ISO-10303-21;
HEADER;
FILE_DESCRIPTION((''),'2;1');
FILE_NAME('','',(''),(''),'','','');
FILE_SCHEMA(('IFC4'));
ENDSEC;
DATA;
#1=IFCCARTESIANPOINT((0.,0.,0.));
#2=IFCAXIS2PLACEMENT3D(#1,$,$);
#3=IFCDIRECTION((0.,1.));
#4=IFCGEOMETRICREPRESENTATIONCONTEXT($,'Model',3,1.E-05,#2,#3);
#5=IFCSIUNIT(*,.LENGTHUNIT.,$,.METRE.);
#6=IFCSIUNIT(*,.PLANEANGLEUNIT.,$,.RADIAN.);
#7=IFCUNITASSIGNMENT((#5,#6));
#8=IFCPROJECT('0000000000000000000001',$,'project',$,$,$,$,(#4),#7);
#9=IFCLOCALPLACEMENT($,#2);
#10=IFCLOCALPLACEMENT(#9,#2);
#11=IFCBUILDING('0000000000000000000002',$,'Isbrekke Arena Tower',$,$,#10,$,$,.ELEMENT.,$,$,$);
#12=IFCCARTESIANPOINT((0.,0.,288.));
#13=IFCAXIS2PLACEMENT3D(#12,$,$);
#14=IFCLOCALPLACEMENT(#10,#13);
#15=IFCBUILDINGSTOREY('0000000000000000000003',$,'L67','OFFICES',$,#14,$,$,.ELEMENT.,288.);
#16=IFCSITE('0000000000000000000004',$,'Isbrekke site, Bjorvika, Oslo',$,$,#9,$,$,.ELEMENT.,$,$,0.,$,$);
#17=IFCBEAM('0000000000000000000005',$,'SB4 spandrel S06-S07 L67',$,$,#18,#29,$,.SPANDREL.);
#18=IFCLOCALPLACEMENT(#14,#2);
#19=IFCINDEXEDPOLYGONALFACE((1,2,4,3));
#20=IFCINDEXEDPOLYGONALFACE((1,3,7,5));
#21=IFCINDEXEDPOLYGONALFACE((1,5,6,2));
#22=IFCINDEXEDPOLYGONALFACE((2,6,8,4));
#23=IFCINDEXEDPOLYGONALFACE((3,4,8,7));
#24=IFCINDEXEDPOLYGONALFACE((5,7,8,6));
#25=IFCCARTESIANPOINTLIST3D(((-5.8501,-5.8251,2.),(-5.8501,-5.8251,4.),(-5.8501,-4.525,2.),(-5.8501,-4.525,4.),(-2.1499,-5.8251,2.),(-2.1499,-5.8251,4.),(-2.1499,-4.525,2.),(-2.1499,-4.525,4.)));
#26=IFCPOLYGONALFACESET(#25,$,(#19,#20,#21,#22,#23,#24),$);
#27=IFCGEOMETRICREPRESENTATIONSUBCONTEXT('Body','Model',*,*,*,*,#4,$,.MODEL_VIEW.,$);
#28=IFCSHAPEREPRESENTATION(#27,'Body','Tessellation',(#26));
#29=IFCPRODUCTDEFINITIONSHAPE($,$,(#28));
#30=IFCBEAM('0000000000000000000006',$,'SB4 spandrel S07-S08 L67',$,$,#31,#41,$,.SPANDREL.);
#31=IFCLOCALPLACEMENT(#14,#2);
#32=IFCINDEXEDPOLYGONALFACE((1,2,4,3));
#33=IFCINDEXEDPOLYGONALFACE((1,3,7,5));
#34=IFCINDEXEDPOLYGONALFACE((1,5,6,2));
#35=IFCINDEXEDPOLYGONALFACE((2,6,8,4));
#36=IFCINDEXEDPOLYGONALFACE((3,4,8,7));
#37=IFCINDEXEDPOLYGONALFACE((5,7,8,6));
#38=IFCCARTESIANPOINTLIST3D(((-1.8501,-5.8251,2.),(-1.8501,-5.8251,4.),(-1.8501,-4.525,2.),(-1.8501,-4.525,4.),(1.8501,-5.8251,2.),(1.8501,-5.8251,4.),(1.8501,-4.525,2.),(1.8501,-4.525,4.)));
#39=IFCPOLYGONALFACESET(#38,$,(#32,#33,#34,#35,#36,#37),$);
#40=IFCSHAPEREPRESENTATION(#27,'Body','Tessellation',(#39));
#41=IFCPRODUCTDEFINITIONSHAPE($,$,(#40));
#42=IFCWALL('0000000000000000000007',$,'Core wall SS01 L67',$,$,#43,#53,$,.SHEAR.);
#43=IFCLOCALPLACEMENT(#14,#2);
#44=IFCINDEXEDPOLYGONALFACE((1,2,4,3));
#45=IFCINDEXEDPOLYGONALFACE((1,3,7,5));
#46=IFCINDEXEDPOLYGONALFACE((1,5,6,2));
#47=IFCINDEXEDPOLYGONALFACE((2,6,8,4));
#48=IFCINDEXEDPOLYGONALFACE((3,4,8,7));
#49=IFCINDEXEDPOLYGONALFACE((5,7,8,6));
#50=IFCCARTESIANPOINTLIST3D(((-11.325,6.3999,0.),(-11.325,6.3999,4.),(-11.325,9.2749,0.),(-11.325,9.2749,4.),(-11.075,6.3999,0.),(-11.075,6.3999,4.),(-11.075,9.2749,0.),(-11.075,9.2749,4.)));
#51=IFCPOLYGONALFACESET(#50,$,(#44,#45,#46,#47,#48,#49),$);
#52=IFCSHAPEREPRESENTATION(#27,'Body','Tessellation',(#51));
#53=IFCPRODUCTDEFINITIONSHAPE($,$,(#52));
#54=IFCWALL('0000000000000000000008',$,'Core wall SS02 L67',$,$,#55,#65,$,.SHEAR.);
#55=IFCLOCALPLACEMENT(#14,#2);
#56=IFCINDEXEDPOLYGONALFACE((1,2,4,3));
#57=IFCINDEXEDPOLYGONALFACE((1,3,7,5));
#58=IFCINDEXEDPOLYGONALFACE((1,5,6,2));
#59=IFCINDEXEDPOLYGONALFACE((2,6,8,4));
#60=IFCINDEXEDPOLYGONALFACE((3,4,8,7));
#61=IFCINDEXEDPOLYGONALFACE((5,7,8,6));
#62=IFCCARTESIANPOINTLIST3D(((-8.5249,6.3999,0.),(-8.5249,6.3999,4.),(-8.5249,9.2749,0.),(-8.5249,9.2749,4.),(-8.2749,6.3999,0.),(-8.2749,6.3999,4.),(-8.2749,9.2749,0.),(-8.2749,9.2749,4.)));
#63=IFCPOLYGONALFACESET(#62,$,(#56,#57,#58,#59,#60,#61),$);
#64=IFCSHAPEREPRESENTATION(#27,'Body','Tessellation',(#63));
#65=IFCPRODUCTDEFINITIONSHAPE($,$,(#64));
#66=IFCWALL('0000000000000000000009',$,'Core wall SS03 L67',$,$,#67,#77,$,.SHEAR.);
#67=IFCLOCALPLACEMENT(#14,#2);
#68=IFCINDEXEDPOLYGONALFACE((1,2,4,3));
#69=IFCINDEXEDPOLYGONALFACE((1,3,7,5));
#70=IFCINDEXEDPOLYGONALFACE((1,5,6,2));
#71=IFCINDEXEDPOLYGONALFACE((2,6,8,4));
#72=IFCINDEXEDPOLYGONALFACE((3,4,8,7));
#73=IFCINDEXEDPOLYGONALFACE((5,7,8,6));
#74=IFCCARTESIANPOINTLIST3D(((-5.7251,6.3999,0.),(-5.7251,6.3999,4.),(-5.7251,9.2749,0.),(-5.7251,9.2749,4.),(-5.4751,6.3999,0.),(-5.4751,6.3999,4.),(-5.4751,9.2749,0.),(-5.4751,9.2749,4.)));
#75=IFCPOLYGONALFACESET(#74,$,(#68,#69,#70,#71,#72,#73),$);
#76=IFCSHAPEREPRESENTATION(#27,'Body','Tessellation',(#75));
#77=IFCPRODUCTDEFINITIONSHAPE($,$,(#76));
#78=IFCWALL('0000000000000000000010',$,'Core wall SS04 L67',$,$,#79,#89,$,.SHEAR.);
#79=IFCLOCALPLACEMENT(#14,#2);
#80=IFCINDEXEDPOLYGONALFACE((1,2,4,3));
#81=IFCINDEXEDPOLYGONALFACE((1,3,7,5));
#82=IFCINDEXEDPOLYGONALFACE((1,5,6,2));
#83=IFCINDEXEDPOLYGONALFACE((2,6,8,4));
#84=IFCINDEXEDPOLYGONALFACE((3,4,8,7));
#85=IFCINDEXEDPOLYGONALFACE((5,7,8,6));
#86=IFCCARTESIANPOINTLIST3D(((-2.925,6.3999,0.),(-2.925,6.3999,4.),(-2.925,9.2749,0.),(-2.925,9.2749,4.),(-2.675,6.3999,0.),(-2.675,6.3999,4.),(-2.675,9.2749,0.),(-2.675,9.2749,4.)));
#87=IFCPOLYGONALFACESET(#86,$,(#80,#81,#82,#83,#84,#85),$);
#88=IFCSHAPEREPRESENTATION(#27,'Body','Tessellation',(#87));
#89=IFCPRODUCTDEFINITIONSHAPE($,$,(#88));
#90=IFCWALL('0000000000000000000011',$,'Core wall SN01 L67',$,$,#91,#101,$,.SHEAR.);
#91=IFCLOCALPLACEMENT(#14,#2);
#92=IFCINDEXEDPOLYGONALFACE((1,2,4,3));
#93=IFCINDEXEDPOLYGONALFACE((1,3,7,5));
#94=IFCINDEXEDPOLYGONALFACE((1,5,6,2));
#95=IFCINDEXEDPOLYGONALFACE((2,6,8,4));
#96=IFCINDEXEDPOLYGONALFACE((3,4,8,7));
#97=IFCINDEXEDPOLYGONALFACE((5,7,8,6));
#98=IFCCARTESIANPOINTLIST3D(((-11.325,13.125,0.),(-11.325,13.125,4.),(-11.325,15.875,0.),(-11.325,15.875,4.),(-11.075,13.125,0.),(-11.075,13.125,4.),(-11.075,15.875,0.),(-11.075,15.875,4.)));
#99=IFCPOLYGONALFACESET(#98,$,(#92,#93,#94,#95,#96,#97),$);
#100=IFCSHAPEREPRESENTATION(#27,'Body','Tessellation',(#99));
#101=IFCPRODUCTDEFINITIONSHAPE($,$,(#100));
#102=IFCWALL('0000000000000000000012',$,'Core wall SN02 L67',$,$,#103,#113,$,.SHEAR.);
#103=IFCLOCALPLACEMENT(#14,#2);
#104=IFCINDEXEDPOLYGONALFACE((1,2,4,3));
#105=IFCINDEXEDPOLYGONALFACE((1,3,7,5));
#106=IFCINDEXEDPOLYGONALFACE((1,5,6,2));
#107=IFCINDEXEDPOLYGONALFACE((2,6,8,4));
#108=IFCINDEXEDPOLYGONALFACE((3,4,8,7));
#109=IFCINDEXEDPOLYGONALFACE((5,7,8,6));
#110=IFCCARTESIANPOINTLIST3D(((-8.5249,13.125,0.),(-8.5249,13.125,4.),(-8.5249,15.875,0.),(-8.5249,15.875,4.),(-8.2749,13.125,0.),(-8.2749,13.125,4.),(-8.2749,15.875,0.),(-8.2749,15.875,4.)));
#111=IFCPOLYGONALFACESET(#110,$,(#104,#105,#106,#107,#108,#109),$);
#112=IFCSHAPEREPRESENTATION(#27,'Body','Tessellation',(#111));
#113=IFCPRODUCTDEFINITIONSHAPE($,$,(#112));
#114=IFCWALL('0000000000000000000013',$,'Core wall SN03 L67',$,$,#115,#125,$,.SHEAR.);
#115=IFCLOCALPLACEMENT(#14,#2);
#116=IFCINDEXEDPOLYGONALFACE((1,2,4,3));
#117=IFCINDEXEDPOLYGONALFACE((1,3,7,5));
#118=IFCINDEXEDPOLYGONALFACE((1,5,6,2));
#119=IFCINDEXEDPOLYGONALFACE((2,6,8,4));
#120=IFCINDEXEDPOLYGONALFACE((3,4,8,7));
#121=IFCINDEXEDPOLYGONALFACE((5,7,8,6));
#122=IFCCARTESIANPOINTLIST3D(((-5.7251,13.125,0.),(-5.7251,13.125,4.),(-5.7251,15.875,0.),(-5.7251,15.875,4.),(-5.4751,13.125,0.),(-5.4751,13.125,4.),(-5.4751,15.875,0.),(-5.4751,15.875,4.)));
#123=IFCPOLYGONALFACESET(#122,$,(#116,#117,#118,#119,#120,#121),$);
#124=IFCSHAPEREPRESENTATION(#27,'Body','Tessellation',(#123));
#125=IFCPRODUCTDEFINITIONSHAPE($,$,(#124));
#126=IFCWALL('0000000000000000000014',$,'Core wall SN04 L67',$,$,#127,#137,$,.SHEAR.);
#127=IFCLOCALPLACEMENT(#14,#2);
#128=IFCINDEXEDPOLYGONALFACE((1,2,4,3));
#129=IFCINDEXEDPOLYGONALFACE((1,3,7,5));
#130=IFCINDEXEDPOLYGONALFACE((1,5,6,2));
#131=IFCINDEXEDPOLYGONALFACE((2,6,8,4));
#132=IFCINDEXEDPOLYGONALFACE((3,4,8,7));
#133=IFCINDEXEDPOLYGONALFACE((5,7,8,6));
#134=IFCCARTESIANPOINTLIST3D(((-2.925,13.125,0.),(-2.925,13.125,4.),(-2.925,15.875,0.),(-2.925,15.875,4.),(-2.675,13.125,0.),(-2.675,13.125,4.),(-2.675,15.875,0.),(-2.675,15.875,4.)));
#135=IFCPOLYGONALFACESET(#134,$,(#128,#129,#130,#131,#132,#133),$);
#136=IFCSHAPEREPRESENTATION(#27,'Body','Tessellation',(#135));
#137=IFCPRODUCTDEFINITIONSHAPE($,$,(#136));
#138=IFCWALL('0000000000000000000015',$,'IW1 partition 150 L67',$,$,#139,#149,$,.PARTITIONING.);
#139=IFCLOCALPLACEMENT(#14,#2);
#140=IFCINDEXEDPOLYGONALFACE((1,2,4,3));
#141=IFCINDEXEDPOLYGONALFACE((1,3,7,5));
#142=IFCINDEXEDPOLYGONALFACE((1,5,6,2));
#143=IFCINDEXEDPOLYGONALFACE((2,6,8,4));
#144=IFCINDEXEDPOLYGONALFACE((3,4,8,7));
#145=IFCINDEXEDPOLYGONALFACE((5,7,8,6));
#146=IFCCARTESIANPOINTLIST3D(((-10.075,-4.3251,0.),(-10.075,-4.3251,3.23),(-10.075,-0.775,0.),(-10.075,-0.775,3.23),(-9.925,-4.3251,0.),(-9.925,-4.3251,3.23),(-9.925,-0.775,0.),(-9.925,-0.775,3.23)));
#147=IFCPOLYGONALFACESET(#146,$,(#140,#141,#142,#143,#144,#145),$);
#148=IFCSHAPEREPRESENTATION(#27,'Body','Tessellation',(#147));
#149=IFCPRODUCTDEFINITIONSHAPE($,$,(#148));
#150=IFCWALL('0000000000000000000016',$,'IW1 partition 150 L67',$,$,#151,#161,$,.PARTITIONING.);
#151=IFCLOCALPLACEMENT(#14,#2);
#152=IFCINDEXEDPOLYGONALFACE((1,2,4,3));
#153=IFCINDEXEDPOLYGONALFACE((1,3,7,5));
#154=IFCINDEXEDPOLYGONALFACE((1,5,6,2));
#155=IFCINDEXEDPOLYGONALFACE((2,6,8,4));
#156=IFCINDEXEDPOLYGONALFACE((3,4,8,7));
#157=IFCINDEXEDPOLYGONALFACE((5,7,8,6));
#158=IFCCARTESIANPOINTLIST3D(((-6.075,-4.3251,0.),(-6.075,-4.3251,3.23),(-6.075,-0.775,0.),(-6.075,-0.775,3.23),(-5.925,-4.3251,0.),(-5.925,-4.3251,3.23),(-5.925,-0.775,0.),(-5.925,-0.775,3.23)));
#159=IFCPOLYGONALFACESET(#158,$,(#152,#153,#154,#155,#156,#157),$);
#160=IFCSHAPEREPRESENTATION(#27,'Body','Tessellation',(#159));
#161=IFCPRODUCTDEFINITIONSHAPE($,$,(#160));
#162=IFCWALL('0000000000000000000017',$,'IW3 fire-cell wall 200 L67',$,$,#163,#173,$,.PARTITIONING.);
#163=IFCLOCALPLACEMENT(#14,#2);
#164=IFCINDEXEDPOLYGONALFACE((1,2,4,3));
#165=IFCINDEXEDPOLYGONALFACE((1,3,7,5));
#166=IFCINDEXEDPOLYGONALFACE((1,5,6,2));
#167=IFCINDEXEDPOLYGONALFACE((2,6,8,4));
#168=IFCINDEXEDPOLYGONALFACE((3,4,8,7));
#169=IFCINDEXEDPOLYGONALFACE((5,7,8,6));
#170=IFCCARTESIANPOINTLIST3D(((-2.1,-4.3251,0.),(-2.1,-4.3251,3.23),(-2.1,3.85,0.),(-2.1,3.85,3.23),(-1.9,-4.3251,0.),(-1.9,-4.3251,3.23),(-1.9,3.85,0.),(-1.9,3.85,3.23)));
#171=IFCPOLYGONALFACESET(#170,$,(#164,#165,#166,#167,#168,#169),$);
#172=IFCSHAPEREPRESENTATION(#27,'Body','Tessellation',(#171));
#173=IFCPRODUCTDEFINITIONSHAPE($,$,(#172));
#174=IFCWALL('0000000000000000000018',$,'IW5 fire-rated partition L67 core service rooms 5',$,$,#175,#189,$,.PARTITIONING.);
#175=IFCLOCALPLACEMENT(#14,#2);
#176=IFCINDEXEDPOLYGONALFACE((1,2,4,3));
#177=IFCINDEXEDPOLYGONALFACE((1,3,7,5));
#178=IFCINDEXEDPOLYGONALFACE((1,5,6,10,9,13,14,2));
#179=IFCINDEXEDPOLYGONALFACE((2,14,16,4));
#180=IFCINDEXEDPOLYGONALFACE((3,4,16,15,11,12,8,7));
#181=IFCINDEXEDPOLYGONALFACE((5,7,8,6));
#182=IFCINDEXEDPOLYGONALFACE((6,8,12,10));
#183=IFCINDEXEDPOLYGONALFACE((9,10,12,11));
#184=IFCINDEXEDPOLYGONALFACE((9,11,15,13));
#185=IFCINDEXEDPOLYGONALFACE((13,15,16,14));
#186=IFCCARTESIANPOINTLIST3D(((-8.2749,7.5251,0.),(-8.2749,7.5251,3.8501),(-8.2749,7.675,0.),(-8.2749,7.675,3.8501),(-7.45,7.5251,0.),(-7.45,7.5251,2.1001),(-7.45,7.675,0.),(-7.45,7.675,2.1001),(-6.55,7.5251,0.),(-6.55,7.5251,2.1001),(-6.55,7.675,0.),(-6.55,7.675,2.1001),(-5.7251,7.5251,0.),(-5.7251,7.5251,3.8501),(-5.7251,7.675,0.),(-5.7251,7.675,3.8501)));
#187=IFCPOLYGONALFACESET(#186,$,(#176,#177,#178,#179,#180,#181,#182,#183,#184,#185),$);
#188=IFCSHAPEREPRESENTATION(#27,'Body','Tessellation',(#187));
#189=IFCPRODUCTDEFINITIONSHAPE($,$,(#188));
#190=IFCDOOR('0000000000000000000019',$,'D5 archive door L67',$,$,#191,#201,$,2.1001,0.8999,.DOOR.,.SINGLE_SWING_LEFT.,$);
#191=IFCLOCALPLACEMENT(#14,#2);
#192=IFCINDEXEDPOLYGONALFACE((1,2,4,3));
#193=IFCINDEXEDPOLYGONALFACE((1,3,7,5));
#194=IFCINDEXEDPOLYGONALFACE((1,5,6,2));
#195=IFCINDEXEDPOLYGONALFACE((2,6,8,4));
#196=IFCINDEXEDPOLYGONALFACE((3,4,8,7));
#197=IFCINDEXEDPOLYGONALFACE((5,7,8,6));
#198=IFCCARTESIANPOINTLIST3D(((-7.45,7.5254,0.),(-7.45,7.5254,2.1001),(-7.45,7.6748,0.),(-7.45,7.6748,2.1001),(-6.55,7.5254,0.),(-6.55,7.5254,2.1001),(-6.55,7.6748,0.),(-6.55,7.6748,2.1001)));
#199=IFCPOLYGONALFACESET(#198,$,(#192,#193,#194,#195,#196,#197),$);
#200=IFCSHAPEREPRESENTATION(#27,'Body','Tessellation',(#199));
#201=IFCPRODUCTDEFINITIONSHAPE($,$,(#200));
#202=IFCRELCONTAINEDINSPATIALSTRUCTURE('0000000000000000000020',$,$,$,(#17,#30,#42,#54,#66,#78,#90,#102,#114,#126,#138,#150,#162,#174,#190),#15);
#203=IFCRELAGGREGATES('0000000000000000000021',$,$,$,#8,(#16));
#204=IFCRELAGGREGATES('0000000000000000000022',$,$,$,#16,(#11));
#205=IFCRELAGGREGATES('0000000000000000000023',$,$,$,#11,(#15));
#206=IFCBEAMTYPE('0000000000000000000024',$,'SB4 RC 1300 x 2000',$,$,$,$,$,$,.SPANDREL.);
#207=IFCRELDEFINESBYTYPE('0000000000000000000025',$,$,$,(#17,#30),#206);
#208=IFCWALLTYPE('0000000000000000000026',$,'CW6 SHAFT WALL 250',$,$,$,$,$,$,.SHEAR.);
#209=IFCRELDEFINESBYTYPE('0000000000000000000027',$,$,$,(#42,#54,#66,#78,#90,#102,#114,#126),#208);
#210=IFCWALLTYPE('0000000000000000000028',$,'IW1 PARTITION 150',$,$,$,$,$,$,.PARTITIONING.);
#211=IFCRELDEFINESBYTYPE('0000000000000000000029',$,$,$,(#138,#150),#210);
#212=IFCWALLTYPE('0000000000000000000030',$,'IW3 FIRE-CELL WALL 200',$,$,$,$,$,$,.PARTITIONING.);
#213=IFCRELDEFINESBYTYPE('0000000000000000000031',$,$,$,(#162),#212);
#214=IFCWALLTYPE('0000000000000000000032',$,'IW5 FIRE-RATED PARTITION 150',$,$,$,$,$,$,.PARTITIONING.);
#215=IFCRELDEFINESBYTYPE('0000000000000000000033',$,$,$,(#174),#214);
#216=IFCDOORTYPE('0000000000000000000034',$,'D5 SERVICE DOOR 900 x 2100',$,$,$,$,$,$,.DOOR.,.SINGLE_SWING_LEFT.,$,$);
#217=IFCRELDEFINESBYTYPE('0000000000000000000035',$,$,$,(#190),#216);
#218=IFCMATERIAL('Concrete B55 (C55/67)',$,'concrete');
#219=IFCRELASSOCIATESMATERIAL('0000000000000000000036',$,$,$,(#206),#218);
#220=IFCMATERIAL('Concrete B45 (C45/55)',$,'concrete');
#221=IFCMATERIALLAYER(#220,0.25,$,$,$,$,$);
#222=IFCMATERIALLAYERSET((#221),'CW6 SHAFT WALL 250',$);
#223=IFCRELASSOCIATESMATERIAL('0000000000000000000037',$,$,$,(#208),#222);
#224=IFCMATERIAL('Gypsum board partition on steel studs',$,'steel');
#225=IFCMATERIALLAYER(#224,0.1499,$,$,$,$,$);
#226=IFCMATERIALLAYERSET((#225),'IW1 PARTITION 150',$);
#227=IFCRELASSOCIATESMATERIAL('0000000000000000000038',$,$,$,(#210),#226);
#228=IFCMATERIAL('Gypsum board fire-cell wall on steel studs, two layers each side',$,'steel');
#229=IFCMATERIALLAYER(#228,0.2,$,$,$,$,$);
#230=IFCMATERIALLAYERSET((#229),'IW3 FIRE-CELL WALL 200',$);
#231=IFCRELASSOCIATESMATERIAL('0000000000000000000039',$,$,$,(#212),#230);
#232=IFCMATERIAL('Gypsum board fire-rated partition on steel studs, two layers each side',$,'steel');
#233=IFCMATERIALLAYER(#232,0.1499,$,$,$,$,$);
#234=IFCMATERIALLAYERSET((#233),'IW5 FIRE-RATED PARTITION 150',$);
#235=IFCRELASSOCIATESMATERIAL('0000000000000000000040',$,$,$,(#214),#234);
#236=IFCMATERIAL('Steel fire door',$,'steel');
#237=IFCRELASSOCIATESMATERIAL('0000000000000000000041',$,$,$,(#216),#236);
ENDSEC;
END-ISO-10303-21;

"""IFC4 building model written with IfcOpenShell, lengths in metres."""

from ifc_helpers import new_model, si_unit, direction, frame, frame_2d, origin, origin_2d, place, context, subcontext, project, spatial, rectangle, extrude, material, layer, layer_set, material_profile, profile_set, type_object, element, fill, save


model = new_model("IFC4")

# Units and contexts
model_context = context("Model", 3, precision=1e-05, world=origin(), true_north=direction((0.0, 1.0)))
body_context = subcontext(model_context, "Body", "Model", "MODEL_VIEW")
ifc_project = project(units=[si_unit("LENGTHUNIT", "METRE"), si_unit("PLANEANGLEUNIT", "RADIAN")], contexts=[model_context])

# Site, building, storey
site_placement = place(None, origin())
site = spatial("IfcSite", under=ifc_project, at=site_placement, Name="Isbrekke site, Bjorvika, Oslo", CompositionType="ELEMENT", RefElevation=0.0)
building_placement = place(site_placement, origin())
building = spatial("IfcBuilding", under=site, at=building_placement, Name="Isbrekke Arena Tower", CompositionType="ELEMENT")
storey_placement = place(building_placement, frame((0.0, 0.0, 288.0)))
storey = spatial("IfcBuildingStorey", under=building, at=storey_placement, Name="L67", Description="OFFICES", CompositionType="ELEMENT", Elevation=288.0)

# Beams
ifc_material_1 = material(Name="Concrete B55 (C55/67)", Category="concrete")
ifc_material_profile_1 = material_profile(ifc_material_1, rectangle(XDim=1.3, YDim=2.0, at=origin_2d()), Name="RC 1300x2000")
ifc_profile_set_1 = profile_set([ifc_material_profile_1], Name="Concrete B55 (C55/67)")
beam_type_1 = type_object("IfcBeamType", Name="SB4 RC 1300 x 2000", PredefinedType="SPANDREL", material=ifc_profile_set_1)
for number, where, z_axis, x_axis, name in (
    (1, (-5.8501, -5.175, 3.0), (1.0, 0.0, 0.0), (0.0, 1.0, 0.0), "SB4 spandrel S06-S07 L67"),
    (2, (-1.8501, -5.175, 3.0), (1.0, 0.0, 0.0), (0.0, 1.0, 0.0), "SB4 spandrel S07-S08 L67"),
):
    element("IfcBeam", number, at=place(storey_placement, frame(where, z_axis=z_axis, x_axis=x_axis)), inside=storey, type_object=beam_type_1, Name=name, PredefinedType="SPANDREL", context=body_context, shape_type="SweptSolid", body=[
        extrude(rectangle(XDim=1.3, YDim=2.0, at=origin_2d()), origin(), (0.0, 0.0, 1.0), 3.7002),
    ])

# Walls
ifc_material_2 = material(Name="Concrete B45 (C45/55)", Category="concrete")
ifc_layer_1 = layer(ifc_material_2, 0.25)
ifc_layer_set_1 = layer_set([ifc_layer_1], Name="CW6 SHAFT WALL 250")
wall_type_1 = type_object("IfcWallType", Name="CW6 SHAFT WALL 250", PredefinedType="SHEAR", material=ifc_layer_set_1)
for number, where, z_axis, x_axis, name in (
    (3, (-11.2, 6.3999, 0.0), (0.0, 0.0, 1.0), (0.0, 1.0, 0.0), "Core wall SS01 L67"),
    (4, (-8.3999, 6.3999, 0.0), (0.0, 0.0, 1.0), (0.0, 1.0, 0.0), "Core wall SS02 L67"),
    (5, (-5.6001, 6.3999, 0.0), (0.0, 0.0, 1.0), (0.0, 1.0, 0.0), "Core wall SS03 L67"),
    (6, (-2.8, 6.3999, 0.0), (0.0, 0.0, 1.0), (0.0, 1.0, 0.0), "Core wall SS04 L67"),
):
    element("IfcWall", number, at=place(storey_placement, frame(where, z_axis=z_axis, x_axis=x_axis)), inside=storey, type_object=wall_type_1, Name=name, PredefinedType="SHEAR", context=body_context, shape_type="SweptSolid", body=[
        extrude(rectangle(XDim=2.875, YDim=0.25, at=frame_2d((1.4375, 0.0))), origin(), (0.0, 0.0, 1.0), 4.0),
    ])
for number, where, z_axis, x_axis, name in (
    (7, (-11.2, 13.125, 0.0), (0.0, 0.0, 1.0), (0.0, 1.0, 0.0), "Core wall SN01 L67"),
    (8, (-8.3999, 13.125, 0.0), (0.0, 0.0, 1.0), (0.0, 1.0, 0.0), "Core wall SN02 L67"),
    (9, (-5.6001, 13.125, 0.0), (0.0, 0.0, 1.0), (0.0, 1.0, 0.0), "Core wall SN03 L67"),
    (10, (-2.8, 13.125, 0.0), (0.0, 0.0, 1.0), (0.0, 1.0, 0.0), "Core wall SN04 L67"),
):
    element("IfcWall", number, at=place(storey_placement, frame(where, z_axis=z_axis, x_axis=x_axis)), inside=storey, type_object=wall_type_1, Name=name, PredefinedType="SHEAR", context=body_context, shape_type="SweptSolid", body=[
        extrude(rectangle(XDim=2.75, YDim=0.25, at=frame_2d((1.375, 0.0))), origin(), (0.0, 0.0, 1.0), 4.0),
    ])
ifc_material_3 = material(Name="Gypsum board partition on steel studs", Category="steel")
ifc_layer_2 = layer(ifc_material_3, 0.1499)
ifc_layer_set_2 = layer_set([ifc_layer_2], Name="IW1 PARTITION 150")
wall_type_2 = type_object("IfcWallType", Name="IW1 PARTITION 150", PredefinedType="PARTITIONING", material=ifc_layer_set_2)
for number, where, z_axis, x_axis, name in (
    (11, (-10.0, -4.325, 0.0), (0.0, 0.0, 1.0), (0.0, 1.0, 0.0), "IW1 partition 150 L67"),
    (12, (-6.0, -4.325, 0.0), (0.0, 0.0, 1.0), (0.0, 1.0, 0.0), "IW1 partition 150 L67"),
):
    element("IfcWall", number, at=place(storey_placement, frame(where, z_axis=z_axis, x_axis=x_axis)), inside=storey, type_object=wall_type_2, Name=name, PredefinedType="PARTITIONING", context=body_context, shape_type="SweptSolid", body=[
        extrude(rectangle(XDim=3.55, YDim=0.1499, at=frame_2d((1.7749, 0.0))), origin(), (0.0, 0.0, 1.0), 3.23),
    ])
ifc_material_4 = material(Name="Gypsum board fire-cell wall on steel studs, two layers each side", Category="steel")
ifc_layer_3 = layer(ifc_material_4, 0.2)
ifc_layer_set_3 = layer_set([ifc_layer_3], Name="IW3 FIRE-CELL WALL 200")
wall_type_3 = type_object("IfcWallType", Name="IW3 FIRE-CELL WALL 200", PredefinedType="PARTITIONING", material=ifc_layer_set_3)
wall_1_placement = place(storey_placement, frame((-2.0, -4.325, 0.0), z_axis=(0.0, 0.0, 1.0), x_axis=(0.0, 1.0, 0.0)))
element("IfcWall", 13, at=wall_1_placement, inside=storey, type_object=wall_type_3, Name="IW3 fire-cell wall 200 L67", PredefinedType="PARTITIONING", context=body_context, shape_type="SweptSolid", body=[
    extrude(rectangle(XDim=8.175, YDim=0.2, at=frame_2d((4.0874, 0.0))), origin(), (0.0, 0.0, 1.0), 3.23),
])

# Wall, opening, door
ifc_material_5 = material(Name="Gypsum board fire-rated partition on steel studs, two layers each side", Category="steel")
ifc_layer_4 = layer(ifc_material_5, 0.1499)
ifc_layer_set_4 = layer_set([ifc_layer_4], Name="IW5 FIRE-RATED PARTITION 150")
wall_type_4 = type_object("IfcWallType", Name="IW5 FIRE-RATED PARTITION 150", PredefinedType="PARTITIONING", material=ifc_layer_set_4)
wall_2_placement = place(storey_placement, frame((-8.2749, 7.6001, 0.0), z_axis=(0.0, 0.0, 1.0), x_axis=(1.0, 0.0, 0.0)))
wall_2 = element("IfcWall", 14, at=wall_2_placement, inside=storey, type_object=wall_type_4, Name="IW5 fire-rated partition L67 core service rooms 5", PredefinedType="PARTITIONING", context=body_context, shape_type="SweptSolid", body=[
    extrude(rectangle(XDim=2.5498, YDim=0.1499, at=frame_2d((1.2749, 0.0))), origin(), (0.0, 0.0, 1.0), 3.8501),
])
opening_placement = place(wall_2_placement, frame((0.825, 0.0, 0.0)))
opening = element("IfcOpeningElement", 15, at=opening_placement, cuts=wall_2, PredefinedType="OPENING", context=body_context, shape_type="SweptSolid", body=[
    extrude(rectangle(XDim=0.8999, YDim=2.1001, at=frame_2d((0.45, 1.05))), frame((0.0, 0.0898, 0.0), z_axis=(0.0, -1.0, 0.0), x_axis=(1.0, 0.0, 0.0)), (0.0, 0.0, 1.0), 0.1797),
])
ifc_material_6 = material(Name="Steel fire door", Category="steel")
door_type = type_object("IfcDoorType", Name="D5 SERVICE DOOR 900 x 2100", OperationType="SINGLE_SWING_LEFT", PredefinedType="DOOR", material=ifc_material_6)
door_placement = place(opening_placement, origin())
door = element("IfcDoor", 16, at=door_placement, inside=storey, type_object=door_type, Name="D5 archive door L67", OperationType="SINGLE_SWING_LEFT", OverallHeight=2.1001, OverallWidth=0.8999, PredefinedType="DOOR", context=body_context, shape_type="SweptSolid", body=[
    extrude(rectangle(XDim=0.8999, YDim=2.1001, at=frame_2d((0.45, 1.05))), frame((0.0, 0.0747, 0.0), z_axis=(0.0, -1.0, 0.0), x_axis=(1.0, 0.0, 0.0)), (0.0, 0.0, 1.0), 0.1494),
])
fill(opening, door)

save(model, "model.ifc")
